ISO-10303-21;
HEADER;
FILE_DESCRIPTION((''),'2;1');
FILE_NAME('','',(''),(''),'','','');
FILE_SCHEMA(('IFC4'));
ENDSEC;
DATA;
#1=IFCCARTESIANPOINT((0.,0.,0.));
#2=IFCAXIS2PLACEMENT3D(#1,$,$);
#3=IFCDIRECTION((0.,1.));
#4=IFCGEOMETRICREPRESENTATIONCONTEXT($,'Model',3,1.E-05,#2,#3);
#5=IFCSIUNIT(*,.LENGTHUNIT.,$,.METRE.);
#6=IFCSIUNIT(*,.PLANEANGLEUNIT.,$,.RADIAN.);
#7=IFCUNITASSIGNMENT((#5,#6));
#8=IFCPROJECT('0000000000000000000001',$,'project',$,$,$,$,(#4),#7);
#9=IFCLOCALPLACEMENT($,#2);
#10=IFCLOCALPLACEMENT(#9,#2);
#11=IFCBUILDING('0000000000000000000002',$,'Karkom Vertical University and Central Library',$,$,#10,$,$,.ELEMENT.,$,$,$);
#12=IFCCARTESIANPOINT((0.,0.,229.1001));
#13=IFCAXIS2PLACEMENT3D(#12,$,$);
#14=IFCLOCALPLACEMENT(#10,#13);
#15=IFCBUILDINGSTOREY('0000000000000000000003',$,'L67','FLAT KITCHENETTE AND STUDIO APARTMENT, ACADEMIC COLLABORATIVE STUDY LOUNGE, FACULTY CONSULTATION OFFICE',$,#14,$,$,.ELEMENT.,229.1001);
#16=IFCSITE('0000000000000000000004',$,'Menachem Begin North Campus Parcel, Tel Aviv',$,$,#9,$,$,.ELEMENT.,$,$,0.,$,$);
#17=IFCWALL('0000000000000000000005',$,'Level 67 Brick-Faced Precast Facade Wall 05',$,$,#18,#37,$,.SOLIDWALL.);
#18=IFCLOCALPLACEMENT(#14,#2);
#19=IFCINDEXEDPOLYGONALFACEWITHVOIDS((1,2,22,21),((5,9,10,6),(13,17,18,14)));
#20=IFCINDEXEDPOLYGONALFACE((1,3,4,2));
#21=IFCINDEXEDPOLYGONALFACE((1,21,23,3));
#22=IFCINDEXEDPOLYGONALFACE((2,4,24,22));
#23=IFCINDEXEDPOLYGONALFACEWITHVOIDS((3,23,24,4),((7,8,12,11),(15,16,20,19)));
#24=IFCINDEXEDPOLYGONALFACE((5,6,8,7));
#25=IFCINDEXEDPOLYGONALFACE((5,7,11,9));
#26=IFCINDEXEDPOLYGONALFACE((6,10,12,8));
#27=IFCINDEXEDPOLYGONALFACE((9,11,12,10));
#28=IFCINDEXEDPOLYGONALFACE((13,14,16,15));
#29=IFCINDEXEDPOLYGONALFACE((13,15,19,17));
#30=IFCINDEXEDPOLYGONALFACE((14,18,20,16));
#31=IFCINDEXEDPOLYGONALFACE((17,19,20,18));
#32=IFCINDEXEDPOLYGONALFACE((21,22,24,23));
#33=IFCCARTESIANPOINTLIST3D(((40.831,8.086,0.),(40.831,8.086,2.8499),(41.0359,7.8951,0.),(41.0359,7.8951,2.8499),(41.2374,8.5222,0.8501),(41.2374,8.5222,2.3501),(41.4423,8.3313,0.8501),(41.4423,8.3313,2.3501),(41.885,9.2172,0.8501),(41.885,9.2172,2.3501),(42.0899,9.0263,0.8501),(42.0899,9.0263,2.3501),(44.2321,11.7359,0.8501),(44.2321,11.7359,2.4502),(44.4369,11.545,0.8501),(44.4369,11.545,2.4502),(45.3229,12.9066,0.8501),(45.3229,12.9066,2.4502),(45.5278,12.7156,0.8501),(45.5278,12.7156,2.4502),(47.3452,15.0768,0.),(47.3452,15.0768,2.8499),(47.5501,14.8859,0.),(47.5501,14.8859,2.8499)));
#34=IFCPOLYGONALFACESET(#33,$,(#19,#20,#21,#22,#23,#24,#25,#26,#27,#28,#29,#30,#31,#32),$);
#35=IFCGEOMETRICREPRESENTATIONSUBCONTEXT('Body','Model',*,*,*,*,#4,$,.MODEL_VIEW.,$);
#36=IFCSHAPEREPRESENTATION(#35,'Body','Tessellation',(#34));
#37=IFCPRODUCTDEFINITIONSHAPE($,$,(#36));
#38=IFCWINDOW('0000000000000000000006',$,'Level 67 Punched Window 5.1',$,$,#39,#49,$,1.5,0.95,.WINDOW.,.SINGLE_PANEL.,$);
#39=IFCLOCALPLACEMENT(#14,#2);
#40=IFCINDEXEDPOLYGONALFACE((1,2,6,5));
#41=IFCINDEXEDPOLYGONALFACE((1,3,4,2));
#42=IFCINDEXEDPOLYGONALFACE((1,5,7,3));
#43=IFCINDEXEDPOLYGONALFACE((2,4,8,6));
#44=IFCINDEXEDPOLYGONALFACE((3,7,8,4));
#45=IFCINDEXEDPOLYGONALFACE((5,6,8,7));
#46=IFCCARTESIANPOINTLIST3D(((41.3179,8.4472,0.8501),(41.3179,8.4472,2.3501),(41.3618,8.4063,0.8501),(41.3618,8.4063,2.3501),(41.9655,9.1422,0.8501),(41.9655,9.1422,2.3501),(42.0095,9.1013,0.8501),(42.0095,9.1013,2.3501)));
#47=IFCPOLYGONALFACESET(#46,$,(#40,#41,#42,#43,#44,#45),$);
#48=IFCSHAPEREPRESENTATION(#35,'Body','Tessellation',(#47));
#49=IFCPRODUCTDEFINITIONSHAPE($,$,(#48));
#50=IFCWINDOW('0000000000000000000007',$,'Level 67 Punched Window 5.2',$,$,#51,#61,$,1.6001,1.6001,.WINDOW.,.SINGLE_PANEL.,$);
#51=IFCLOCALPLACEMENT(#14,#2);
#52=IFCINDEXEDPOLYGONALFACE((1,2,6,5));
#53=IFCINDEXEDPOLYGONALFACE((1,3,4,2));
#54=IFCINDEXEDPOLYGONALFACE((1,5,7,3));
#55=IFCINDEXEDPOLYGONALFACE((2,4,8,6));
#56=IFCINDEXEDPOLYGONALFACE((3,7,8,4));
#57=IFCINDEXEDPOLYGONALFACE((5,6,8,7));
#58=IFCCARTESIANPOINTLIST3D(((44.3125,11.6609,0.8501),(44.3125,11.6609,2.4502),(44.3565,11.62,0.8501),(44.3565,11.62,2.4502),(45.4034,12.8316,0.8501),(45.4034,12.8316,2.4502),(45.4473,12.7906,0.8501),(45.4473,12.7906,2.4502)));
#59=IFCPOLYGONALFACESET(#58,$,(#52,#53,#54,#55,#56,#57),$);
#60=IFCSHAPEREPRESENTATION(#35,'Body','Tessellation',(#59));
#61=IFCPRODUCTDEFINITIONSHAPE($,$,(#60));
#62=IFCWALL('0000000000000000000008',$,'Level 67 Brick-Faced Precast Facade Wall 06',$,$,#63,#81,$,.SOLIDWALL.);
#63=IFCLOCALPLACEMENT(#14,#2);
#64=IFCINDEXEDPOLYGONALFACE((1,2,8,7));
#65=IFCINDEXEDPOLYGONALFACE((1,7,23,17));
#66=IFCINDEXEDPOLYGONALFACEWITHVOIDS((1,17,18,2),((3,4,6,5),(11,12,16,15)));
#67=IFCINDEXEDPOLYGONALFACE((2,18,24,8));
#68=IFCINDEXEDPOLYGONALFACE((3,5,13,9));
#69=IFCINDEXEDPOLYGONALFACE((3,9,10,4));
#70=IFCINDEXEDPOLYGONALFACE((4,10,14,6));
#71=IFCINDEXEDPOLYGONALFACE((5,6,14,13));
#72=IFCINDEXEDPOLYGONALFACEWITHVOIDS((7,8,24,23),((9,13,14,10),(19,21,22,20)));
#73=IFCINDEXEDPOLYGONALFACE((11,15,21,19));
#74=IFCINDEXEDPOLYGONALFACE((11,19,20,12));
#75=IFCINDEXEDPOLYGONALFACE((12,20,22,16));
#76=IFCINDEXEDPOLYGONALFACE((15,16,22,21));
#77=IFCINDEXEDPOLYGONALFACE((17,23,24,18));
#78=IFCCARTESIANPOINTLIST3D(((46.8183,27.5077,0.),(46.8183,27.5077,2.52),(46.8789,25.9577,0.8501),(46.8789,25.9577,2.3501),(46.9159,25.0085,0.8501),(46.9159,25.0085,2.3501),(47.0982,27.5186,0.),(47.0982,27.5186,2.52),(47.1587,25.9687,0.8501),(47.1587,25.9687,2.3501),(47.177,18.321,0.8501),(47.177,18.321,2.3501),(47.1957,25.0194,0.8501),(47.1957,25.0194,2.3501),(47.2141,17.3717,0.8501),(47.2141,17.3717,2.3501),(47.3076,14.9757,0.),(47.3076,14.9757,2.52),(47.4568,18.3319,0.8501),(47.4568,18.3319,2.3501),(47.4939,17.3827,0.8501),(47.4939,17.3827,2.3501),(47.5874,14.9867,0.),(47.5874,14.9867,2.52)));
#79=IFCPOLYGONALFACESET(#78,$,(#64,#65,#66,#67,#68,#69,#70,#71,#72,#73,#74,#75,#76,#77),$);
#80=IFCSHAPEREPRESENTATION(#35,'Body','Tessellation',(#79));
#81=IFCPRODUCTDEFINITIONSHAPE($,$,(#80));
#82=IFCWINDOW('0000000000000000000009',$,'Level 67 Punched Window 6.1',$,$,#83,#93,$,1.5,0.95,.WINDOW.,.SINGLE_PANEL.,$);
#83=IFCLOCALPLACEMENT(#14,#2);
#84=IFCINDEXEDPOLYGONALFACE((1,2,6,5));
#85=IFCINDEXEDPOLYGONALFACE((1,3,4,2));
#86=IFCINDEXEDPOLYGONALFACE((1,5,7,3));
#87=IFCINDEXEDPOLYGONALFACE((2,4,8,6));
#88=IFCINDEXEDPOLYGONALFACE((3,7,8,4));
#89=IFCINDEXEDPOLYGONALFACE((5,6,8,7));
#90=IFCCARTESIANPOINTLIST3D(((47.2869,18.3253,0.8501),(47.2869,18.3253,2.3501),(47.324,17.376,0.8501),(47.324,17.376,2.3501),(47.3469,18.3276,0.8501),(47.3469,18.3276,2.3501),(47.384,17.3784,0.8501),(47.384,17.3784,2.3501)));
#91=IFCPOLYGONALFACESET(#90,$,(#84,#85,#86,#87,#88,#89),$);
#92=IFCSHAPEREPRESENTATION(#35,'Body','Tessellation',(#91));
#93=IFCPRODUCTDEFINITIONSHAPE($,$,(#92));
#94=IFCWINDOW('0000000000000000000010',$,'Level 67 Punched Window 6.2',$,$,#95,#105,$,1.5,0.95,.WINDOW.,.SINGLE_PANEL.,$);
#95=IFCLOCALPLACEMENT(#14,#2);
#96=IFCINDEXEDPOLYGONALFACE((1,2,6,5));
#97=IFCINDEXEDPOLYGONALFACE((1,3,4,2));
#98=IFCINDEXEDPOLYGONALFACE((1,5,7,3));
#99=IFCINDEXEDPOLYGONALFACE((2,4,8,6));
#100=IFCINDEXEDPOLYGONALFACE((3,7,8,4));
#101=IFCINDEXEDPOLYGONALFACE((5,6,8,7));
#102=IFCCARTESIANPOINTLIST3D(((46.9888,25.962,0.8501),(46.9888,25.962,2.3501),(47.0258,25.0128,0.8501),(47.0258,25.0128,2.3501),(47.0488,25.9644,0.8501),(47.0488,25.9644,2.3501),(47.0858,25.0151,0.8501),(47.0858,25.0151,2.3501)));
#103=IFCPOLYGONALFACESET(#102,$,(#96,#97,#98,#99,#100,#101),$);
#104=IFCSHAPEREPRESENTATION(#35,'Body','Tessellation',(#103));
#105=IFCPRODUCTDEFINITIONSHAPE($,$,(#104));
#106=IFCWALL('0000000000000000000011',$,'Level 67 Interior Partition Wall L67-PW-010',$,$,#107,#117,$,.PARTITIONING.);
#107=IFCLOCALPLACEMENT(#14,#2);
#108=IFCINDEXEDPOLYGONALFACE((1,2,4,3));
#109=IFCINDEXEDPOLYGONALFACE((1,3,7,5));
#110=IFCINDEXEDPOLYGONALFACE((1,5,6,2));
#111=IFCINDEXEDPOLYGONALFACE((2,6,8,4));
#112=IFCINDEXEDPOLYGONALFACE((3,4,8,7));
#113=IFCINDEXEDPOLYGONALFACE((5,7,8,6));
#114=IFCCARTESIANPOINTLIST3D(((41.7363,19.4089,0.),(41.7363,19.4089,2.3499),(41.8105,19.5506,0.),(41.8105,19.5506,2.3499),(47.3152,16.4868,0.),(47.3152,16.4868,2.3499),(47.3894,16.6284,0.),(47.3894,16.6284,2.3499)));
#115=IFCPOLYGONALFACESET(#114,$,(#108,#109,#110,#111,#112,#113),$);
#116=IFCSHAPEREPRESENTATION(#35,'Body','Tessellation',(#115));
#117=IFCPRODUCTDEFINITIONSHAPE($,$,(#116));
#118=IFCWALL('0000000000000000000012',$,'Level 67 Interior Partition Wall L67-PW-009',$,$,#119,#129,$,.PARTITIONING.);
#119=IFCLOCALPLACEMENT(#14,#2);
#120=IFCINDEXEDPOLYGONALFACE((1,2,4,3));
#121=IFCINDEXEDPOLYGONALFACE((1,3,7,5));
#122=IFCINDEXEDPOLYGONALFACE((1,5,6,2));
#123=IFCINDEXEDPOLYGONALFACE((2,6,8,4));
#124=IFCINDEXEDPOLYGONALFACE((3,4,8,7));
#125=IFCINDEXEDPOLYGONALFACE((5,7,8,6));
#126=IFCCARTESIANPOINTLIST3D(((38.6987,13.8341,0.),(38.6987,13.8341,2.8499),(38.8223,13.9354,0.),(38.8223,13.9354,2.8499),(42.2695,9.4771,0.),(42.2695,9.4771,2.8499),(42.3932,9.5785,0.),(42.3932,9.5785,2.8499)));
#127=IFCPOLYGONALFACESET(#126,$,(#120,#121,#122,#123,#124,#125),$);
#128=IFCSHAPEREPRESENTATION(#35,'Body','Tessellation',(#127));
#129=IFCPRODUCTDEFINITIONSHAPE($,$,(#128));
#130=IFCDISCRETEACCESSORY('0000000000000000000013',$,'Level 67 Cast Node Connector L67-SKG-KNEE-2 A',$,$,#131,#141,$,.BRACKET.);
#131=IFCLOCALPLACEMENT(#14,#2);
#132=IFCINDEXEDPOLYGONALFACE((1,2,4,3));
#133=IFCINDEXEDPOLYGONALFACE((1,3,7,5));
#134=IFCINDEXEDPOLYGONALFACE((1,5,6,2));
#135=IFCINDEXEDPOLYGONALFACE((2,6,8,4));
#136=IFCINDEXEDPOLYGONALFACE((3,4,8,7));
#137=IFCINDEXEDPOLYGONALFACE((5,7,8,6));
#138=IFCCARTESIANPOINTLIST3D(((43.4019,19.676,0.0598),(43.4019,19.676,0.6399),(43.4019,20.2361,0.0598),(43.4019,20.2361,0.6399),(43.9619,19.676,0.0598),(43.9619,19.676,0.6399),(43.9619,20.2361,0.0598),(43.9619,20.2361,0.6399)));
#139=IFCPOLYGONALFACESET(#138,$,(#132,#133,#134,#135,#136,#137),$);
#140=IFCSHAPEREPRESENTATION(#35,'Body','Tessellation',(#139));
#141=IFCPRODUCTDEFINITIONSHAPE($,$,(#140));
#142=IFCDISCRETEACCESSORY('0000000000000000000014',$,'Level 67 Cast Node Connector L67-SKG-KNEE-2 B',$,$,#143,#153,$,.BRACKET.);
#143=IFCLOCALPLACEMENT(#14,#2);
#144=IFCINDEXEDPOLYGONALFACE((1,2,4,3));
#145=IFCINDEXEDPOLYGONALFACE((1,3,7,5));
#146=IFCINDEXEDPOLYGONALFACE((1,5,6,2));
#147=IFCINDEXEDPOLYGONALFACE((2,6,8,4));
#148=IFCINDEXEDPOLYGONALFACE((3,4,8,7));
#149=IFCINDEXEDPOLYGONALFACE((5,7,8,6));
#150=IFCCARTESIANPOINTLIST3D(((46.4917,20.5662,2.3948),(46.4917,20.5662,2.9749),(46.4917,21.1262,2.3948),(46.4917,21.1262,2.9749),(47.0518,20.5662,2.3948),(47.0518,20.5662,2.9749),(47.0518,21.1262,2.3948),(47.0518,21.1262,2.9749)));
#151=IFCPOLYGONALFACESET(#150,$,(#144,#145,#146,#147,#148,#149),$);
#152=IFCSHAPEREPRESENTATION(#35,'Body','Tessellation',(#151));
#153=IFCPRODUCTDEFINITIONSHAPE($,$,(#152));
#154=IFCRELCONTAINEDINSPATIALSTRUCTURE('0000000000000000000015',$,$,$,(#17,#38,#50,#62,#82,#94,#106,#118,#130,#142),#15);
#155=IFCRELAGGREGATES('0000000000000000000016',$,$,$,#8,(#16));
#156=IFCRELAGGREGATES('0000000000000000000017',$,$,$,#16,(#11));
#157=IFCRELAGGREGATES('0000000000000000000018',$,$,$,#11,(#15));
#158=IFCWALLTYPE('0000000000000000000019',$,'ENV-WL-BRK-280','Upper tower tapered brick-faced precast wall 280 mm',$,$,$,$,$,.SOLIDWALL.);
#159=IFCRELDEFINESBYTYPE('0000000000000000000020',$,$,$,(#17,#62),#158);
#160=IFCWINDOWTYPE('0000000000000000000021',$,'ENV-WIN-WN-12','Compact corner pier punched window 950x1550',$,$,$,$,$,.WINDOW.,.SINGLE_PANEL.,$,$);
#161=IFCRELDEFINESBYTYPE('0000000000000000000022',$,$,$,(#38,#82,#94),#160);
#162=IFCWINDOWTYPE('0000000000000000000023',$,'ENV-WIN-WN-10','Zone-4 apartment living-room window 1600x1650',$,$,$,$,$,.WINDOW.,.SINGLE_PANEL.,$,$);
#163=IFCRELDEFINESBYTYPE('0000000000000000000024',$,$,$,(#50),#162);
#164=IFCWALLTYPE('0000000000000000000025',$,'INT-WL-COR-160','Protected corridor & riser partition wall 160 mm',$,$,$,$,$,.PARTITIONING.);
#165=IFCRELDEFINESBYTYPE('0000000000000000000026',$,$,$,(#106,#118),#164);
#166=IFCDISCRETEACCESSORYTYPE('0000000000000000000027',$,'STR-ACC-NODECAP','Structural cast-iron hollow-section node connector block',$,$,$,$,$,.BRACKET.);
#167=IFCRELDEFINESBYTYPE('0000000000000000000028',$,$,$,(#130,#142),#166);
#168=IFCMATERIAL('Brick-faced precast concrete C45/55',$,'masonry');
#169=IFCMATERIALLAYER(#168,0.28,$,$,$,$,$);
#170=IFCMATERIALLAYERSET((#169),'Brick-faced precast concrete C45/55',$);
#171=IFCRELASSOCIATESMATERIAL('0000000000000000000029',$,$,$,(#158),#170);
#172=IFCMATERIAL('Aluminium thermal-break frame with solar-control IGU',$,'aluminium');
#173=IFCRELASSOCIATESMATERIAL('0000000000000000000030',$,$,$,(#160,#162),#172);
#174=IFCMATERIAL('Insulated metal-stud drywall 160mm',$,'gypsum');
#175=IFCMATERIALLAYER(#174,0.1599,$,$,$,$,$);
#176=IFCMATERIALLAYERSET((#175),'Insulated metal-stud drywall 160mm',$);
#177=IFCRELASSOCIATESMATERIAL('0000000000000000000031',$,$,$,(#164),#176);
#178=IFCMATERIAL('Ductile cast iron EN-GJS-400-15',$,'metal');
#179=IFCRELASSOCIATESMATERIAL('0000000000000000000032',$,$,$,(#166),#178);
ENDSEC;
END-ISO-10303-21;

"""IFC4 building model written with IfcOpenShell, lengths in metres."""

from ifc_helpers import new_model, si_unit, direction, frame, frame_2d, origin, origin_with_axes, origin_2d, place, context, subcontext, project, spatial, rectangle, extrude, source, transform, mapped, material, layer, layer_set, type_object, element, fill, save


model = new_model("IFC4")

# Units and contexts
model_context = context("Model", 3, precision=1e-05, world=origin(), true_north=direction((0.0, 1.0)))
body_context = subcontext(model_context, "Body", "Model", "MODEL_VIEW")
ifc_project = project(units=[si_unit("LENGTHUNIT", "METRE"), si_unit("PLANEANGLEUNIT", "RADIAN")], contexts=[model_context])

# Site, building, storey
site_placement = place(None, origin())
site = spatial("IfcSite", under=ifc_project, at=site_placement, Name="Menachem Begin North Campus Parcel, Tel Aviv", CompositionType="ELEMENT", RefElevation=0.0)
building_placement = place(site_placement, origin())
building = spatial("IfcBuilding", under=site, at=building_placement, Name="Karkom Vertical University and Central Library", CompositionType="ELEMENT")
storey_placement = place(building_placement, frame((0.0, 0.0, 229.1001)))
storey = spatial("IfcBuildingStorey", under=building, at=storey_placement, Name="L67", Description="FLAT KITCHENETTE AND STUDIO APARTMENT, ACADEMIC COLLABORATIVE STUDY LOUNGE, FACULTY CONSULTATION OFFICE", CompositionType="ELEMENT", Elevation=229.1001)

# Walls, openings, windows
ifc_material_1 = material(Name="Brick-faced precast concrete C45/55", Category="masonry")
ifc_layer_1 = layer(ifc_material_1, 0.28)
ifc_layer_set_1 = layer_set([ifc_layer_1], Name="Brick-faced precast concrete C45/55")
wall_type_1 = type_object("IfcWallType", Name="ENV-WL-BRK-280", Description="Upper tower tapered brick-faced precast wall 280 mm", PredefinedType="SOLIDWALL", material=ifc_layer_set_1)
wall_1_placement = place(storey_placement, frame((40.9333, 7.9905, 0.0), z_axis=(0.0, 0.0, 1.0), x_axis=(0.68173, 0.731604, 0.0)))
wall_1 = element("IfcWall", 1, at=wall_1_placement, inside=storey, type_object=wall_type_1, Name="Level 67 Brick-Faced Precast Facade Wall 05", PredefinedType="SOLIDWALL", context=body_context, shape_type="SweptSolid", body=[
    extrude(rectangle(XDim=9.5554, YDim=0.28, at=frame_2d((4.7778, 0.0))), origin(), (0.0, 0.0, 1.0), 2.8499),
])
opening_1_placement = place(wall_1_placement, frame((0.5962, 0.0, 0.8501)))
opening_1 = element("IfcOpeningElement", 2, at=opening_1_placement, cuts=wall_1, PredefinedType="OPENING", context=body_context, shape_type="SweptSolid", body=[
    extrude(rectangle(XDim=0.95, YDim=1.5, at=frame_2d((0.4751, 0.75))), frame((0.0, 0.1499, 0.0), z_axis=(0.0, -1.0, 0.0), x_axis=(1.0, 0.0, 0.0)), (0.0, 0.0, 1.0), 0.3),
])
opening_2_placement = place(wall_1_placement, frame((4.989, 0.0, 0.8501)))
opening_2 = element("IfcOpeningElement", 3, at=opening_2_placement, cuts=wall_1, PredefinedType="OPENING", context=body_context, shape_type="SweptSolid", body=[
    extrude(rectangle(XDim=1.6001, YDim=1.6001, at=frame_2d((0.8, 0.8))), frame((0.0, 0.1499, 0.0), z_axis=(0.0, -1.0, 0.0), x_axis=(1.0, 0.0, 0.0)), (0.0, 0.0, 1.0), 0.3),
])
ifc_material_2 = material(Name="Aluminium thermal-break frame with solar-control IGU", Category="aluminium")
window_type_1 = type_object("IfcWindowType", Name="ENV-WIN-WN-12", Description="Compact corner pier punched window 950x1550", PartitioningType="SINGLE_PANEL", PredefinedType="WINDOW", material=ifc_material_2)
shared_shape_1 = source(origin_with_axes(), body_context, "Body", "SweptSolid", [
    extrude(rectangle(XDim=0.95, YDim=1.5, at=frame_2d((0.4751, 0.75))), frame((0.0, 0.03, 0.0), z_axis=(0.0, -1.0, 0.0), x_axis=(1.0, 0.0, 0.0)), (0.0, 0.0, 1.0), 0.0601),
])
window_1_placement = place(opening_1_placement, origin())
window_1 = element("IfcWindow", 4, at=window_1_placement, inside=storey, type_object=window_type_1, Name="Level 67 Punched Window 5.1", OverallHeight=1.5, OverallWidth=0.95, PartitioningType="SINGLE_PANEL", PredefinedType="WINDOW", context=body_context, shape_type="MappedRepresentation", body=[
    mapped(shared_shape_1, transform((0.0, 0.0, 0.0), scale=1.0)),
])
fill(opening_1, window_1)
window_type_2 = type_object("IfcWindowType", Name="ENV-WIN-WN-10", Description="Zone-4 apartment living-room window 1600x1650", PartitioningType="SINGLE_PANEL", PredefinedType="WINDOW", material=ifc_material_2)
shared_shape_2 = source(origin_with_axes(), body_context, "Body", "SweptSolid", [
    extrude(rectangle(XDim=1.6001, YDim=1.6001, at=frame_2d((0.8, 0.8))), frame((0.0, 0.03, 0.0), z_axis=(0.0, -1.0, 0.0), x_axis=(1.0, 0.0, 0.0)), (0.0, 0.0, 1.0), 0.0601),
])
window_2_placement = place(opening_2_placement, origin())
window_2 = element("IfcWindow", 5, at=window_2_placement, inside=storey, type_object=window_type_2, Name="Level 67 Punched Window 5.2", OverallHeight=1.6001, OverallWidth=1.6001, PartitioningType="SINGLE_PANEL", PredefinedType="WINDOW", context=body_context, shape_type="MappedRepresentation", body=[
    mapped(shared_shape_2, transform((0.0, 0.0, 0.0), scale=1.0)),
])
fill(opening_2, window_2)
wall_2_placement = place(storey_placement, frame((47.4475, 14.9812, 0.0), z_axis=(0.0, 0.0, 1.0), x_axis=(-0.039011, 0.999239, 0.0)))
wall_2 = element("IfcWall", 6, at=wall_2_placement, inside=storey, type_object=wall_type_1, Name="Level 67 Brick-Faced Precast Facade Wall 06", PredefinedType="SOLIDWALL", context=body_context, shape_type="SweptSolid", body=[
    extrude(rectangle(XDim=12.5415, YDim=0.28, at=frame_2d((6.2708, 0.0))), origin(), (0.0, 0.0, 1.0), 2.52),
])
opening_3_placement = place(wall_2_placement, frame((2.3977, 0.0, 0.8501)))
opening_3 = element("IfcOpeningElement", 7, at=opening_3_placement, cuts=wall_2, PredefinedType="OPENING", context=body_context, shape_type="SweptSolid", body=[
    extrude(rectangle(XDim=0.95, YDim=1.5, at=frame_2d((0.4751, 0.75))), frame((0.0, 0.1499, 0.0), z_axis=(0.0, -1.0, 0.0), x_axis=(1.0, 0.0, 0.0)), (0.0, 0.0, 1.0), 0.3),
])
opening_4_placement = place(wall_2_placement, frame((10.0403, 0.0, 0.8501)))
opening_4 = element("IfcOpeningElement", 8, at=opening_4_placement, cuts=wall_2, PredefinedType="OPENING", context=body_context, shape_type="SweptSolid", body=[
    extrude(rectangle(XDim=0.95, YDim=1.5, at=frame_2d((0.4751, 0.75))), frame((0.0, 0.1499, 0.0), z_axis=(0.0, -1.0, 0.0), x_axis=(1.0, 0.0, 0.0)), (0.0, 0.0, 1.0), 0.3),
])
window_3_placement = place(opening_3_placement, origin())
window_3 = element("IfcWindow", 9, at=window_3_placement, inside=storey, type_object=window_type_1, Name="Level 67 Punched Window 6.1", OverallHeight=1.5, OverallWidth=0.95, PartitioningType="SINGLE_PANEL", PredefinedType="WINDOW", context=body_context, shape_type="MappedRepresentation", body=[
    mapped(shared_shape_1, transform((0.0, 0.0, 0.0), scale=1.0)),
])
fill(opening_3, window_3)
window_4_placement = place(opening_4_placement, origin())
window_4 = element("IfcWindow", 10, at=window_4_placement, inside=storey, type_object=window_type_1, Name="Level 67 Punched Window 6.2", OverallHeight=1.5, OverallWidth=0.95, PartitioningType="SINGLE_PANEL", PredefinedType="WINDOW", context=body_context, shape_type="MappedRepresentation", body=[
    mapped(shared_shape_1, transform((0.0, 0.0, 0.0), scale=1.0)),
])
fill(opening_4, window_4)

# Shared definitions
ifc_material_3 = material(Name="Insulated metal-stud drywall 160mm", Category="gypsum")
ifc_layer_2 = layer(ifc_material_3, 0.1599)
ifc_layer_set_2 = layer_set([ifc_layer_2], Name="Insulated metal-stud drywall 160mm")
wall_type_2 = type_object("IfcWallType", Name="INT-WL-COR-160", Description="Protected corridor & riser partition wall 160 mm", PredefinedType="PARTITIONING", material=ifc_layer_set_2)

# Walls
wall_3_placement = place(storey_placement, frame((41.7734, 19.4797, 0.0), z_axis=(0.0, 0.0, 1.0), x_axis=(0.885841, -0.46399, 0.0)))
element("IfcWall", 11, at=wall_3_placement, inside=storey, type_object=wall_type_2, Name="Level 67 Interior Partition Wall L67-PW-010", PredefinedType="PARTITIONING", context=body_context, shape_type="SweptSolid", body=[
    extrude(rectangle(XDim=6.2979, YDim=0.1599, at=frame_2d((3.1489, 0.0))), origin(), (0.0, 0.0, 1.0), 2.3499),
])
wall_4_placement = place(storey_placement, frame((38.7605, 13.8848, 0.0), z_axis=(0.0, 0.0, 1.0), x_axis=(0.63388, -0.773432, 0.0)))
element("IfcWall", 12, at=wall_4_placement, inside=storey, type_object=wall_type_2, Name="Level 67 Interior Partition Wall L67-PW-009", PredefinedType="PARTITIONING", context=body_context, shape_type="SweptSolid", body=[
    extrude(rectangle(XDim=5.6333, YDim=0.1599, at=frame_2d((2.8167, 0.0))), origin(), (0.0, 0.0, 1.0), 2.8499),
])

# Discrete accessories
ifc_material_4 = material(Name="Ductile cast iron EN-GJS-400-15", Category="metal")
discrete_accessory_type = type_object("IfcDiscreteAccessoryType", Name="STR-ACC-NODECAP", Description="Structural cast-iron hollow-section node connector block", PredefinedType="BRACKET", material=ifc_material_4)
shared_shape_3 = source(origin_with_axes(), body_context, "Body", "SweptSolid", [
    extrude(rectangle(XDim=0.5601, YDim=0.5601, at=origin_2d()), origin(), (0.0, 0.0, 1.0), 0.5801),
])
for number, where, z_axis, x_axis, name in (
    (13, (43.6819, 19.9561, 0.0598), (0.0, 0.0, 1.0), (1.0, 0.0, 0.0), "Level 67 Cast Node Connector L67-SKG-KNEE-2 A"),
    (14, (46.7717, 20.8462, 2.3948), (0.0, 0.0, 1.0), (1.0, 0.0, 0.0), "Level 67 Cast Node Connector L67-SKG-KNEE-2 B"),
):
    element("IfcDiscreteAccessory", number, at=place(storey_placement, frame(where, z_axis=z_axis, x_axis=x_axis)), inside=storey, type_object=discrete_accessory_type, Name=name, PredefinedType="BRACKET", context=body_context, shape_type="MappedRepresentation", body=[
        mapped(shared_shape_3, transform((0.0, 0.0, 0.0), scale=1.0)),
    ])

save(model, "model.ifc")
